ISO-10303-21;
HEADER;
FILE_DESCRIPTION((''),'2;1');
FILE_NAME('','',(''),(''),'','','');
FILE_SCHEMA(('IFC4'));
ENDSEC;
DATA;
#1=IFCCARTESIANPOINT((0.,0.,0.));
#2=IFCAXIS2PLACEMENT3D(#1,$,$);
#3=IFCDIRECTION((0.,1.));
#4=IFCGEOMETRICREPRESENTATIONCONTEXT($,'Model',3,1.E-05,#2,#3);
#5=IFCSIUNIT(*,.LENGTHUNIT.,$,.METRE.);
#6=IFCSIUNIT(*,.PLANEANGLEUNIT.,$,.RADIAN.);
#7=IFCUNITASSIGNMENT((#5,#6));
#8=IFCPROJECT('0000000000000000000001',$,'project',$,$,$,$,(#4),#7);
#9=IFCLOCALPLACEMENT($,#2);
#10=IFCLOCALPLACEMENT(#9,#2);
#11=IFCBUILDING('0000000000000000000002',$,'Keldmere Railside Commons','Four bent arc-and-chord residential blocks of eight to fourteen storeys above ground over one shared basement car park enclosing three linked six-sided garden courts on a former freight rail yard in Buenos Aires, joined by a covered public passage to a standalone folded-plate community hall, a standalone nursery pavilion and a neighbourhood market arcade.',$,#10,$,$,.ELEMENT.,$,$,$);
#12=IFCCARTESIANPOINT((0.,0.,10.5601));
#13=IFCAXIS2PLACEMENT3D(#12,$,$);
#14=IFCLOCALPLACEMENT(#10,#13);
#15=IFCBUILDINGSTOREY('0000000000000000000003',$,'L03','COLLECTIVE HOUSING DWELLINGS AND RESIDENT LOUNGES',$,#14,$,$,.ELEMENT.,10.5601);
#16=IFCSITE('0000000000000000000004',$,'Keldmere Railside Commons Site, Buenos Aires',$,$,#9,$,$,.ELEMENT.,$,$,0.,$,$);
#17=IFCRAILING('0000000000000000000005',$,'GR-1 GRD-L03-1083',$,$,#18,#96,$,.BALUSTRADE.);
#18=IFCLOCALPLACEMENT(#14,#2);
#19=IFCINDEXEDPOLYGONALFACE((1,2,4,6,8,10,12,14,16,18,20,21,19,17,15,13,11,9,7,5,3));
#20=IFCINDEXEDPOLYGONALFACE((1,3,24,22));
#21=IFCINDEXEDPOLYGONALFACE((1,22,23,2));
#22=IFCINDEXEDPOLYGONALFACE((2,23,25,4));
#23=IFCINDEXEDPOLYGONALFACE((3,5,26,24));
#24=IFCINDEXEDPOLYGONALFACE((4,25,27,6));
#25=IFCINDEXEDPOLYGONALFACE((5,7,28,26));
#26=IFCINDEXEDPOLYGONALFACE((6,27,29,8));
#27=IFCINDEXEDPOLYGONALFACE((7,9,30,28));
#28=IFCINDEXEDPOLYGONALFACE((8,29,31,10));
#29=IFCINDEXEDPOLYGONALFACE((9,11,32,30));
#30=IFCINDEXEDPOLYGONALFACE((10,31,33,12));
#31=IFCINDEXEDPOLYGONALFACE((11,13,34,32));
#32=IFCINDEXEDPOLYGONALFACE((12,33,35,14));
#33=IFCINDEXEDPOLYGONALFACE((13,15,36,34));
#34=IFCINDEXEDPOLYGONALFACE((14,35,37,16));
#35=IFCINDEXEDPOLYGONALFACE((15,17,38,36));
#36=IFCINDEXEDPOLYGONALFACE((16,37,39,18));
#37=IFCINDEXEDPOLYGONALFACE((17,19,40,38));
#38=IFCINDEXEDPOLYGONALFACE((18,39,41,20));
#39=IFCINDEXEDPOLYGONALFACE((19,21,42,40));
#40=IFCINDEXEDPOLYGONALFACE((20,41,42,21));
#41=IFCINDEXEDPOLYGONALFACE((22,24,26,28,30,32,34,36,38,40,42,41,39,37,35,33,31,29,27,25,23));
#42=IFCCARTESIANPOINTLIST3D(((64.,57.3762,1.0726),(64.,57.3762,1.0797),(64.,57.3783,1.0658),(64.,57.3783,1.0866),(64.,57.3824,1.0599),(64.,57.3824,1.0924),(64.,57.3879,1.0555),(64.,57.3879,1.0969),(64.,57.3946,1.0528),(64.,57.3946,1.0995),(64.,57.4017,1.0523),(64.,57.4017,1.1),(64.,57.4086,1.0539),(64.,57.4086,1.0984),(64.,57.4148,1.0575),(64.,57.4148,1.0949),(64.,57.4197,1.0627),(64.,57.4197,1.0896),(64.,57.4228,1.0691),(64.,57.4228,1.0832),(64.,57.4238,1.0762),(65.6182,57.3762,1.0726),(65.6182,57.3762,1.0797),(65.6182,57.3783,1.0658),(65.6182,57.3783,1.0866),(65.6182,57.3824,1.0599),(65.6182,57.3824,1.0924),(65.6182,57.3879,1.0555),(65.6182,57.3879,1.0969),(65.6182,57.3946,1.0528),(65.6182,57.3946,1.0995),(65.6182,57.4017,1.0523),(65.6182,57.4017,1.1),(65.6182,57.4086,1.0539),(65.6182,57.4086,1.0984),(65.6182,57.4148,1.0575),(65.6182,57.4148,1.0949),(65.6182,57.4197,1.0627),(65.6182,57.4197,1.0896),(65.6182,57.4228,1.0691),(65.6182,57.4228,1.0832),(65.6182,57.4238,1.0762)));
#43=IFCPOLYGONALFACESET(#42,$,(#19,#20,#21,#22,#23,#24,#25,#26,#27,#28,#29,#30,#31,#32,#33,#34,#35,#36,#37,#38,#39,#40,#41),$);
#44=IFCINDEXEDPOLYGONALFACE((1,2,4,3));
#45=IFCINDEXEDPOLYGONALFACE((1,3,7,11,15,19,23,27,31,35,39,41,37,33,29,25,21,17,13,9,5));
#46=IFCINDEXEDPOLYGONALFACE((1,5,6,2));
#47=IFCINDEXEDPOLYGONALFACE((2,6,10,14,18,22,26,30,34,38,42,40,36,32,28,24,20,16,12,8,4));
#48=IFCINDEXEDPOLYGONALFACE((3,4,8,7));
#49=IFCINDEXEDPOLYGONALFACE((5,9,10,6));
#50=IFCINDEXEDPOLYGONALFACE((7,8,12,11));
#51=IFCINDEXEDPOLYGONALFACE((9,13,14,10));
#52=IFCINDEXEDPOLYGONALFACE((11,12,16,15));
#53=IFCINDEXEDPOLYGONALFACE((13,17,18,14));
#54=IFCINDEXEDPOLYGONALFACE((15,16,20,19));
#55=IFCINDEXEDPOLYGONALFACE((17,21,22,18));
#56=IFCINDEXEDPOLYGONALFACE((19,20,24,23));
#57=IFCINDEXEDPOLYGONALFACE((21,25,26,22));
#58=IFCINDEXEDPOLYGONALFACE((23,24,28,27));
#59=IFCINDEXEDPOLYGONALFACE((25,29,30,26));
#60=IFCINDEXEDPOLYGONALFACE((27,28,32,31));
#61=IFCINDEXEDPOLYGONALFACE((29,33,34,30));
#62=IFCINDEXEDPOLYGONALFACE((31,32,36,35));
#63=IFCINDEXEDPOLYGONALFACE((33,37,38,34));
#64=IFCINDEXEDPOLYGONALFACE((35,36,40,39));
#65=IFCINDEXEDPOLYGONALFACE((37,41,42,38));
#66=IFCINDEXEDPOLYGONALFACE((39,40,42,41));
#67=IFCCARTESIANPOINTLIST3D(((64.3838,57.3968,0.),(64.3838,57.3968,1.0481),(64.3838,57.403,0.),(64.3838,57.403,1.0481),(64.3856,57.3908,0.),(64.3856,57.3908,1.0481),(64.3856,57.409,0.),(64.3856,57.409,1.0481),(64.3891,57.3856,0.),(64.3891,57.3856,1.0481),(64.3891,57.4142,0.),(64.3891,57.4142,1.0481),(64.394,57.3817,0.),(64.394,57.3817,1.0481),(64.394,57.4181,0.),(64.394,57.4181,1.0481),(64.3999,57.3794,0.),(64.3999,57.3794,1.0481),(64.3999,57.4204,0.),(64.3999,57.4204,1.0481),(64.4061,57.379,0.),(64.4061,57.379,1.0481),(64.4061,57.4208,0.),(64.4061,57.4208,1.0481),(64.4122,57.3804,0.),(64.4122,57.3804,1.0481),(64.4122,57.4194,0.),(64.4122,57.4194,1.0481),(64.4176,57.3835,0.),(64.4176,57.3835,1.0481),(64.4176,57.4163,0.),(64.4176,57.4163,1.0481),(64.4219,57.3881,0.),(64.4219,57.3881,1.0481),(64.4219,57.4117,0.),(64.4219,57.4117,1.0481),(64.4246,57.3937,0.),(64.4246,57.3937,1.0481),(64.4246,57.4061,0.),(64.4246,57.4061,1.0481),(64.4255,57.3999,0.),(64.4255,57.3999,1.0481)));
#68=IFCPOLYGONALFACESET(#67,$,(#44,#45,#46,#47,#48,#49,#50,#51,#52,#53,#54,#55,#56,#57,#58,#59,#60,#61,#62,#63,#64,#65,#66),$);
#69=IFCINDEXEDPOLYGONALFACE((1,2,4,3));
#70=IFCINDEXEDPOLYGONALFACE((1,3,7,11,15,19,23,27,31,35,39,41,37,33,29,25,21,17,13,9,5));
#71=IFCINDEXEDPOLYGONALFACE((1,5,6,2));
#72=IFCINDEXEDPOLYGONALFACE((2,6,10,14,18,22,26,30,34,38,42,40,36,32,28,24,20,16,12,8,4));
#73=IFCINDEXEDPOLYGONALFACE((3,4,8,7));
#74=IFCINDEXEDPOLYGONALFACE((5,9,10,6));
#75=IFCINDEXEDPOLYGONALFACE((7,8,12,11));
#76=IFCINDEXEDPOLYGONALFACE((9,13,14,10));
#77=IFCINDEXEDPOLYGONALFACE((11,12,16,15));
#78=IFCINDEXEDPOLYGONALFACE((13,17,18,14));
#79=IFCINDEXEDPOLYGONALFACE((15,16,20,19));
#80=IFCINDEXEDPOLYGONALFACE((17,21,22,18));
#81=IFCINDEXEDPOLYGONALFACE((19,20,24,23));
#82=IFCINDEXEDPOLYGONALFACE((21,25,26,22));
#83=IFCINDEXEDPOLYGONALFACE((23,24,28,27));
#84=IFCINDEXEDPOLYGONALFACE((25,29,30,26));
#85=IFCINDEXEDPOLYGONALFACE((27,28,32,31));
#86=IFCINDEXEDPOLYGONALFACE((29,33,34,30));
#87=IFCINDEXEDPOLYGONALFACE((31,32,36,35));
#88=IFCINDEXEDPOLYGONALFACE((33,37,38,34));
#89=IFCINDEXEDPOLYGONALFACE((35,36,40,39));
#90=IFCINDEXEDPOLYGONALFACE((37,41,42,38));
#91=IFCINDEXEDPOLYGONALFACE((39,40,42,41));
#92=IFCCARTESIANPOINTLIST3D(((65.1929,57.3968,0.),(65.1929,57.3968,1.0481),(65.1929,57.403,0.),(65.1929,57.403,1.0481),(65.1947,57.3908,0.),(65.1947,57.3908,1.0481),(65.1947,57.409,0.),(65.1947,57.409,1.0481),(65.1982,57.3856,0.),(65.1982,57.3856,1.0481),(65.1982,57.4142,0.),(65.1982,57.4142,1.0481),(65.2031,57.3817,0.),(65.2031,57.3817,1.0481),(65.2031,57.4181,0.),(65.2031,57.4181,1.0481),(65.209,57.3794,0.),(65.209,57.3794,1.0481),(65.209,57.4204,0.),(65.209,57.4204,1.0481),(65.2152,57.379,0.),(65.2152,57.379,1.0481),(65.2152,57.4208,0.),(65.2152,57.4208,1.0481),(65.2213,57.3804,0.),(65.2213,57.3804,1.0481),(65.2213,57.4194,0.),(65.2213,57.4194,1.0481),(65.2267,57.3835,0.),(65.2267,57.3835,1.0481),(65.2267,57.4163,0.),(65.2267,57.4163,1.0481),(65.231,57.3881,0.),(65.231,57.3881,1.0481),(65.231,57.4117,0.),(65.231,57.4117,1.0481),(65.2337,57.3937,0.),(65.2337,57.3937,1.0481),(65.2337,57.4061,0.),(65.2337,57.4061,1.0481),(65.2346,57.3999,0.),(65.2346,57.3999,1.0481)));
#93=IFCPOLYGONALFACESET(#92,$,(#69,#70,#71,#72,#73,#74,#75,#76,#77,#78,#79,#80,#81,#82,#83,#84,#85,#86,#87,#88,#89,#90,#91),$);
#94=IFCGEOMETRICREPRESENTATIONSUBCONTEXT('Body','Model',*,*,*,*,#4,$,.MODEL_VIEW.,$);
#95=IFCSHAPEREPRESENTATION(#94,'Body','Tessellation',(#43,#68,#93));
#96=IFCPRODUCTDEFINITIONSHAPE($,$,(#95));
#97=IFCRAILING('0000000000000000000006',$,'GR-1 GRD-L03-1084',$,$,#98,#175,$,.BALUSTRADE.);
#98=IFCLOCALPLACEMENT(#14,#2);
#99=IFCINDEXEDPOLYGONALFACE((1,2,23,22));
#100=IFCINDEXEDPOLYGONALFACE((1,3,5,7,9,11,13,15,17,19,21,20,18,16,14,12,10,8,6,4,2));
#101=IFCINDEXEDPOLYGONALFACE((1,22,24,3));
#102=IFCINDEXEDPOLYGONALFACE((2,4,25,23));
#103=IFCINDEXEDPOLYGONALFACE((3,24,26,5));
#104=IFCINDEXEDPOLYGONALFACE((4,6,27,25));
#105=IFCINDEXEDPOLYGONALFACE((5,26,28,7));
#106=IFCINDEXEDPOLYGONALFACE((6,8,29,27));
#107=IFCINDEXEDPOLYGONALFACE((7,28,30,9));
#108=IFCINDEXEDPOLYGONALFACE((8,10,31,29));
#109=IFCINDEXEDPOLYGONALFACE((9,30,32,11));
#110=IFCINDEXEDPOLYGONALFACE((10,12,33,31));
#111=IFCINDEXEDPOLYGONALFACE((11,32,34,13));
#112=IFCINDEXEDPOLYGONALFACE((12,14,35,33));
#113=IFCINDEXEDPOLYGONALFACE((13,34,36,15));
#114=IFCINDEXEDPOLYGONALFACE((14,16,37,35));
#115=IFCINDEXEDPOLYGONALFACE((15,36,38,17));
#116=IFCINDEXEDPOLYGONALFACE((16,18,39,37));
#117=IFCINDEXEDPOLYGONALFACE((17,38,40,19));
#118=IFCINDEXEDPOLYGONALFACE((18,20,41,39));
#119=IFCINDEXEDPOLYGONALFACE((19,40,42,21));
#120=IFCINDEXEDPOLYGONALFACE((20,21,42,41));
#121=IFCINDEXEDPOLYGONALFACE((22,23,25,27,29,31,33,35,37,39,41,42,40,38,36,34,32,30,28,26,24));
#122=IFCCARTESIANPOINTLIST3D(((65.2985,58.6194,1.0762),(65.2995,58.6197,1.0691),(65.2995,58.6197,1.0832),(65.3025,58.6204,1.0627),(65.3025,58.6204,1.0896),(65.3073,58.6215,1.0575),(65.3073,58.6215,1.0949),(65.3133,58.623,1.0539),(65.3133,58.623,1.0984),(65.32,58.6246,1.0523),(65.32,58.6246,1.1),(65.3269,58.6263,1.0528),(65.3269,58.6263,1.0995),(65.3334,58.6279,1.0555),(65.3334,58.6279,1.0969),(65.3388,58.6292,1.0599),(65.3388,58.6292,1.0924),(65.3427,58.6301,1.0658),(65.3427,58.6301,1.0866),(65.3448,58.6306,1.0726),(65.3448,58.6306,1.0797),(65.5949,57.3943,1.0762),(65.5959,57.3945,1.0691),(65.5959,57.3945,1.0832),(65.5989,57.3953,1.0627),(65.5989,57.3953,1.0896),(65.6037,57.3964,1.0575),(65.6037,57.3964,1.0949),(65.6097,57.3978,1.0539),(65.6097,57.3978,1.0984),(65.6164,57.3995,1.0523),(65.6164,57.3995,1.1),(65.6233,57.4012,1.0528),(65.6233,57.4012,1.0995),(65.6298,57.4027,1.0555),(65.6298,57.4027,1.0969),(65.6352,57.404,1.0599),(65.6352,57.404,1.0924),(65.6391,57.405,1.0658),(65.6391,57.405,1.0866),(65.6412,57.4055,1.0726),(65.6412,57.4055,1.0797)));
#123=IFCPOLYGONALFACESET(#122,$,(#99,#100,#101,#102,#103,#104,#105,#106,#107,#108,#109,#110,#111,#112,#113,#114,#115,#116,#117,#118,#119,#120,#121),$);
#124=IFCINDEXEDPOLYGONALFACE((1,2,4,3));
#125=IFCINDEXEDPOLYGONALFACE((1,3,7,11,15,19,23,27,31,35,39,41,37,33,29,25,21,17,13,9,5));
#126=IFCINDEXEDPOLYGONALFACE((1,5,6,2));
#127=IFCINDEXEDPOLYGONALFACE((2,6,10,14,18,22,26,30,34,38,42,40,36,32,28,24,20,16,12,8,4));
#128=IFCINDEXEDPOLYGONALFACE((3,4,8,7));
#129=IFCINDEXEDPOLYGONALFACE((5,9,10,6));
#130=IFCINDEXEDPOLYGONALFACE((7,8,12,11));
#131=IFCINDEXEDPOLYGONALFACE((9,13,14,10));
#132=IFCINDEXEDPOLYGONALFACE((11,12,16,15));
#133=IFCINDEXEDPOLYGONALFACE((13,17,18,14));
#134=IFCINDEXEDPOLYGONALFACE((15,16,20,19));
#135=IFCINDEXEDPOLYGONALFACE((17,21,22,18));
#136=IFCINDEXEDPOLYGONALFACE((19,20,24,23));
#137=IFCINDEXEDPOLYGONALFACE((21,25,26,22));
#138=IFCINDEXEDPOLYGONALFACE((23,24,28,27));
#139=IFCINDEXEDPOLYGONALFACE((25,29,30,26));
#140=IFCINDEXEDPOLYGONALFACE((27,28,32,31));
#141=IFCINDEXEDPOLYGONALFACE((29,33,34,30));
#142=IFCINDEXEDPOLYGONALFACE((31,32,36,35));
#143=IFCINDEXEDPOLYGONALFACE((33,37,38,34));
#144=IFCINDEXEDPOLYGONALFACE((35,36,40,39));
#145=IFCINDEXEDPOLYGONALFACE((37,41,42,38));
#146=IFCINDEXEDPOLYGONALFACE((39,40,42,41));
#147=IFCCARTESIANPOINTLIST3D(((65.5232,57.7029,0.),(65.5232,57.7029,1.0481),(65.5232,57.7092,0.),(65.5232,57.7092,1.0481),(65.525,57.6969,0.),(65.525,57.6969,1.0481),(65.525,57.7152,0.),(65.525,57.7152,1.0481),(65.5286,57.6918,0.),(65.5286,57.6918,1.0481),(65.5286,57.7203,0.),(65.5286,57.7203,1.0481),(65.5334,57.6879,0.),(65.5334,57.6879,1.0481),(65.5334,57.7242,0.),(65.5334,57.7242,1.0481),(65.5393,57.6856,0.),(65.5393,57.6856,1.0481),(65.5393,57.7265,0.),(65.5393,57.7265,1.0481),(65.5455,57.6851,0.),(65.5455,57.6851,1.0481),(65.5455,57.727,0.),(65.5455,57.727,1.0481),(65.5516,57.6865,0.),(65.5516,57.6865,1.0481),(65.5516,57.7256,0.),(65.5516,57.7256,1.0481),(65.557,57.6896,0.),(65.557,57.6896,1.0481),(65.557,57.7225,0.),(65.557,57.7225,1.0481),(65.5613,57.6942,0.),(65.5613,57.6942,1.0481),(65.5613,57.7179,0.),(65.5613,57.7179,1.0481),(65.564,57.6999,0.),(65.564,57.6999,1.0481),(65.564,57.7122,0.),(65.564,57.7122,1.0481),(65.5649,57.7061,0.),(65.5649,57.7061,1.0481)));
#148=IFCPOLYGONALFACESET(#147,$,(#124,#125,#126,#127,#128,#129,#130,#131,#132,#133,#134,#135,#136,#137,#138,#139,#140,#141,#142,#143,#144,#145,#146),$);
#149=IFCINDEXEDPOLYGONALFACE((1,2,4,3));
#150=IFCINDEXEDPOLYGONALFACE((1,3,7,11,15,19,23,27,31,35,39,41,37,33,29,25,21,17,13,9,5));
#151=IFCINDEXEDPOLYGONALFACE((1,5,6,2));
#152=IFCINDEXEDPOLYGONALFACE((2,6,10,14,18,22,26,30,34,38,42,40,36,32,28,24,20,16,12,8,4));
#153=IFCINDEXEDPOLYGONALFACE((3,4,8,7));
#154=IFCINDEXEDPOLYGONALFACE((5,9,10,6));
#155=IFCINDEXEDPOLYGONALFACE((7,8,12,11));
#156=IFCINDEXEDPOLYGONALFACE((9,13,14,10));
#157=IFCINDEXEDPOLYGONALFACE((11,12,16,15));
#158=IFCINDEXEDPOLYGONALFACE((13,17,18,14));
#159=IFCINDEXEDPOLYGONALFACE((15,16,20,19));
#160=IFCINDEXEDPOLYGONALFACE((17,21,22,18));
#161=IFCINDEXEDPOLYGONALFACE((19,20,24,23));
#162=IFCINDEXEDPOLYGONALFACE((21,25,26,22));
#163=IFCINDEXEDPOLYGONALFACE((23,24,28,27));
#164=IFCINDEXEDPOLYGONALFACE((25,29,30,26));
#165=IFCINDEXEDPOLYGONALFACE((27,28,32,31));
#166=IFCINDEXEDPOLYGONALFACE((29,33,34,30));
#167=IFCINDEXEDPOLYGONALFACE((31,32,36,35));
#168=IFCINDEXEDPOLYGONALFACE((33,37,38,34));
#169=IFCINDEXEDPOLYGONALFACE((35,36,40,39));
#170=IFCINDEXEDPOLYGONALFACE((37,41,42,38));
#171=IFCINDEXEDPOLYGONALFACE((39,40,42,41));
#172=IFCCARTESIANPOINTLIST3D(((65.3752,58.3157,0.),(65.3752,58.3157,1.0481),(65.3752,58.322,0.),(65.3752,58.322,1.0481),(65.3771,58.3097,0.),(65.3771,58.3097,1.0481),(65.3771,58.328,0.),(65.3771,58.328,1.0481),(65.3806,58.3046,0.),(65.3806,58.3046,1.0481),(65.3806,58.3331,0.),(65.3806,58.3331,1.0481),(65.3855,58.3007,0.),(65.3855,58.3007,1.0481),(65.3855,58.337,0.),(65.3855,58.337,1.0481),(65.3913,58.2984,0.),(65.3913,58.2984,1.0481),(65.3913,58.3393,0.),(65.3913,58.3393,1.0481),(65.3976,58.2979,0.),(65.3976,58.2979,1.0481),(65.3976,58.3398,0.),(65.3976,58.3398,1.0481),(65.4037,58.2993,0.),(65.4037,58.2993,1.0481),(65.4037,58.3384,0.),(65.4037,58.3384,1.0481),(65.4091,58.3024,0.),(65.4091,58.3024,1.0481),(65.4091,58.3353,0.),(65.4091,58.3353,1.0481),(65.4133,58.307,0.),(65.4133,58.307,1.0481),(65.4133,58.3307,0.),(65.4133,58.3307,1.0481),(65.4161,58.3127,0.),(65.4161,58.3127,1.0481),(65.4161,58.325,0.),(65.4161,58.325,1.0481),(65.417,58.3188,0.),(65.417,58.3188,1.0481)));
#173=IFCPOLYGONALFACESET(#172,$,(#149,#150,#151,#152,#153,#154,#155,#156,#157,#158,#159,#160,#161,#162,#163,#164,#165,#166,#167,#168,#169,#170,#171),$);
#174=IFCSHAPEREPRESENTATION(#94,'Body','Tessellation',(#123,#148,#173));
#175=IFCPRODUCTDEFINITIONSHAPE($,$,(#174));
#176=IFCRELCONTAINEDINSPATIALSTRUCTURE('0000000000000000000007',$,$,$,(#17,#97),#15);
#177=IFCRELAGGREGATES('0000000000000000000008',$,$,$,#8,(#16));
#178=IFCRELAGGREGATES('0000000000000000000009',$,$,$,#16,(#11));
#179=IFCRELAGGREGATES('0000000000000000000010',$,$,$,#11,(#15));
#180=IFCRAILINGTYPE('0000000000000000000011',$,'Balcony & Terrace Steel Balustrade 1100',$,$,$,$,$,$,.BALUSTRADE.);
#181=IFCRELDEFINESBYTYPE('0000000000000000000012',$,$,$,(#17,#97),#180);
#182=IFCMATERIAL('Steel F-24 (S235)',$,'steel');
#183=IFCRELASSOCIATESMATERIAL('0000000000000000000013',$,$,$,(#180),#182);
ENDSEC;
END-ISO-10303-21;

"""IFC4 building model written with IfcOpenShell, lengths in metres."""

from ifc_helpers import new_model, si_unit, direction, frame, origin, origin_2d, place, context, subcontext, project, spatial, circle, extrude, material, type_object, element, save


model = new_model("IFC4")

# Units and contexts
model_context = context("Model", 3, precision=1e-05, world=origin(), true_north=direction((0.0, 1.0)))
body_context = subcontext(model_context, "Body", "Model", "MODEL_VIEW")
ifc_project = project(units=[si_unit("LENGTHUNIT", "METRE"), si_unit("PLANEANGLEUNIT", "RADIAN")], contexts=[model_context])

# Site, building, storey
site_placement = place(None, origin())
site = spatial("IfcSite", under=ifc_project, at=site_placement, Name="Keldmere Railside Commons Site, Buenos Aires", CompositionType="ELEMENT", RefElevation=0.0)
building_placement = place(site_placement, origin())
building = spatial("IfcBuilding", under=site, at=building_placement, Name="Keldmere Railside Commons", Description="Four bent arc-and-chord residential blocks of eight to fourteen storeys above ground over one shared basement car park enclosing three linked six-sided garden courts on a former freight rail yard in Buenos Aires, joined by a covered public passage to a standalone folded-plate community hall, a standalone nursery pavilion and a neighbourhood market arcade.", CompositionType="ELEMENT")
storey_placement = place(building_placement, frame((0.0, 0.0, 10.5601)))
storey = spatial("IfcBuildingStorey", under=building, at=storey_placement, Name="L03", Description="COLLECTIVE HOUSING DWELLINGS AND RESIDENT LOUNGES", CompositionType="ELEMENT", Elevation=10.5601)

# Railings
ifc_material_1 = material(Name="Steel F-24 (S235)", Category="steel")
railing_type = type_object("IfcRailingType", Name="Balcony & Terrace Steel Balustrade 1100", PredefinedType="BALUSTRADE", material=ifc_material_1)
railing_1_placement = place(storey_placement, frame((64.0, 57.3999, 0.0)))
element("IfcRailing", 1, at=railing_1_placement, inside=storey, type_object=railing_type, Name="GR-1 GRD-L03-1083", PredefinedType="BALUSTRADE", context=body_context, shape_type="SweptSolid", body=[
    extrude(circle(Radius=0.0239, at=origin_2d()), frame((0.0, 0.0, 1.0762), z_axis=(1.0, 0.0, 0.0), x_axis=(0.0, 1.0, 0.0)), (0.0, 0.0, 1.0), 1.6182),
    extrude(circle(Radius=0.021, at=origin_2d()), frame((0.4045, 0.0, 0.0)), (0.0, 0.0, 1.0), 1.0481),
    extrude(circle(Radius=0.021, at=origin_2d()), frame((1.2136, 0.0, 0.0)), (0.0, 0.0, 1.0), 1.0481),
])
railing_2_placement = place(storey_placement, frame((65.6182, 57.3999, 0.0)))
element("IfcRailing", 2, at=railing_2_placement, inside=storey, type_object=railing_type, Name="GR-1 GRD-L03-1084", PredefinedType="BALUSTRADE", context=body_context, shape_type="SweptSolid", body=[
    extrude(circle(Radius=0.0239, at=origin_2d()), frame((0.0, 0.0, 1.0762), z_axis=(-0.235145, 0.97196, 0.0), x_axis=(-0.97196, -0.235145, 0.0)), (0.0, 0.0, 1.0), 1.2605),
    extrude(circle(Radius=0.021, at=origin_2d()), frame((-0.0742, 0.3062, 0.0)), (0.0, 0.0, 1.0), 1.0481),
    extrude(circle(Radius=0.021, at=origin_2d()), frame((-0.2222, 0.9189, 0.0)), (0.0, 0.0, 1.0), 1.0481),
])

save(model, "model.ifc")
